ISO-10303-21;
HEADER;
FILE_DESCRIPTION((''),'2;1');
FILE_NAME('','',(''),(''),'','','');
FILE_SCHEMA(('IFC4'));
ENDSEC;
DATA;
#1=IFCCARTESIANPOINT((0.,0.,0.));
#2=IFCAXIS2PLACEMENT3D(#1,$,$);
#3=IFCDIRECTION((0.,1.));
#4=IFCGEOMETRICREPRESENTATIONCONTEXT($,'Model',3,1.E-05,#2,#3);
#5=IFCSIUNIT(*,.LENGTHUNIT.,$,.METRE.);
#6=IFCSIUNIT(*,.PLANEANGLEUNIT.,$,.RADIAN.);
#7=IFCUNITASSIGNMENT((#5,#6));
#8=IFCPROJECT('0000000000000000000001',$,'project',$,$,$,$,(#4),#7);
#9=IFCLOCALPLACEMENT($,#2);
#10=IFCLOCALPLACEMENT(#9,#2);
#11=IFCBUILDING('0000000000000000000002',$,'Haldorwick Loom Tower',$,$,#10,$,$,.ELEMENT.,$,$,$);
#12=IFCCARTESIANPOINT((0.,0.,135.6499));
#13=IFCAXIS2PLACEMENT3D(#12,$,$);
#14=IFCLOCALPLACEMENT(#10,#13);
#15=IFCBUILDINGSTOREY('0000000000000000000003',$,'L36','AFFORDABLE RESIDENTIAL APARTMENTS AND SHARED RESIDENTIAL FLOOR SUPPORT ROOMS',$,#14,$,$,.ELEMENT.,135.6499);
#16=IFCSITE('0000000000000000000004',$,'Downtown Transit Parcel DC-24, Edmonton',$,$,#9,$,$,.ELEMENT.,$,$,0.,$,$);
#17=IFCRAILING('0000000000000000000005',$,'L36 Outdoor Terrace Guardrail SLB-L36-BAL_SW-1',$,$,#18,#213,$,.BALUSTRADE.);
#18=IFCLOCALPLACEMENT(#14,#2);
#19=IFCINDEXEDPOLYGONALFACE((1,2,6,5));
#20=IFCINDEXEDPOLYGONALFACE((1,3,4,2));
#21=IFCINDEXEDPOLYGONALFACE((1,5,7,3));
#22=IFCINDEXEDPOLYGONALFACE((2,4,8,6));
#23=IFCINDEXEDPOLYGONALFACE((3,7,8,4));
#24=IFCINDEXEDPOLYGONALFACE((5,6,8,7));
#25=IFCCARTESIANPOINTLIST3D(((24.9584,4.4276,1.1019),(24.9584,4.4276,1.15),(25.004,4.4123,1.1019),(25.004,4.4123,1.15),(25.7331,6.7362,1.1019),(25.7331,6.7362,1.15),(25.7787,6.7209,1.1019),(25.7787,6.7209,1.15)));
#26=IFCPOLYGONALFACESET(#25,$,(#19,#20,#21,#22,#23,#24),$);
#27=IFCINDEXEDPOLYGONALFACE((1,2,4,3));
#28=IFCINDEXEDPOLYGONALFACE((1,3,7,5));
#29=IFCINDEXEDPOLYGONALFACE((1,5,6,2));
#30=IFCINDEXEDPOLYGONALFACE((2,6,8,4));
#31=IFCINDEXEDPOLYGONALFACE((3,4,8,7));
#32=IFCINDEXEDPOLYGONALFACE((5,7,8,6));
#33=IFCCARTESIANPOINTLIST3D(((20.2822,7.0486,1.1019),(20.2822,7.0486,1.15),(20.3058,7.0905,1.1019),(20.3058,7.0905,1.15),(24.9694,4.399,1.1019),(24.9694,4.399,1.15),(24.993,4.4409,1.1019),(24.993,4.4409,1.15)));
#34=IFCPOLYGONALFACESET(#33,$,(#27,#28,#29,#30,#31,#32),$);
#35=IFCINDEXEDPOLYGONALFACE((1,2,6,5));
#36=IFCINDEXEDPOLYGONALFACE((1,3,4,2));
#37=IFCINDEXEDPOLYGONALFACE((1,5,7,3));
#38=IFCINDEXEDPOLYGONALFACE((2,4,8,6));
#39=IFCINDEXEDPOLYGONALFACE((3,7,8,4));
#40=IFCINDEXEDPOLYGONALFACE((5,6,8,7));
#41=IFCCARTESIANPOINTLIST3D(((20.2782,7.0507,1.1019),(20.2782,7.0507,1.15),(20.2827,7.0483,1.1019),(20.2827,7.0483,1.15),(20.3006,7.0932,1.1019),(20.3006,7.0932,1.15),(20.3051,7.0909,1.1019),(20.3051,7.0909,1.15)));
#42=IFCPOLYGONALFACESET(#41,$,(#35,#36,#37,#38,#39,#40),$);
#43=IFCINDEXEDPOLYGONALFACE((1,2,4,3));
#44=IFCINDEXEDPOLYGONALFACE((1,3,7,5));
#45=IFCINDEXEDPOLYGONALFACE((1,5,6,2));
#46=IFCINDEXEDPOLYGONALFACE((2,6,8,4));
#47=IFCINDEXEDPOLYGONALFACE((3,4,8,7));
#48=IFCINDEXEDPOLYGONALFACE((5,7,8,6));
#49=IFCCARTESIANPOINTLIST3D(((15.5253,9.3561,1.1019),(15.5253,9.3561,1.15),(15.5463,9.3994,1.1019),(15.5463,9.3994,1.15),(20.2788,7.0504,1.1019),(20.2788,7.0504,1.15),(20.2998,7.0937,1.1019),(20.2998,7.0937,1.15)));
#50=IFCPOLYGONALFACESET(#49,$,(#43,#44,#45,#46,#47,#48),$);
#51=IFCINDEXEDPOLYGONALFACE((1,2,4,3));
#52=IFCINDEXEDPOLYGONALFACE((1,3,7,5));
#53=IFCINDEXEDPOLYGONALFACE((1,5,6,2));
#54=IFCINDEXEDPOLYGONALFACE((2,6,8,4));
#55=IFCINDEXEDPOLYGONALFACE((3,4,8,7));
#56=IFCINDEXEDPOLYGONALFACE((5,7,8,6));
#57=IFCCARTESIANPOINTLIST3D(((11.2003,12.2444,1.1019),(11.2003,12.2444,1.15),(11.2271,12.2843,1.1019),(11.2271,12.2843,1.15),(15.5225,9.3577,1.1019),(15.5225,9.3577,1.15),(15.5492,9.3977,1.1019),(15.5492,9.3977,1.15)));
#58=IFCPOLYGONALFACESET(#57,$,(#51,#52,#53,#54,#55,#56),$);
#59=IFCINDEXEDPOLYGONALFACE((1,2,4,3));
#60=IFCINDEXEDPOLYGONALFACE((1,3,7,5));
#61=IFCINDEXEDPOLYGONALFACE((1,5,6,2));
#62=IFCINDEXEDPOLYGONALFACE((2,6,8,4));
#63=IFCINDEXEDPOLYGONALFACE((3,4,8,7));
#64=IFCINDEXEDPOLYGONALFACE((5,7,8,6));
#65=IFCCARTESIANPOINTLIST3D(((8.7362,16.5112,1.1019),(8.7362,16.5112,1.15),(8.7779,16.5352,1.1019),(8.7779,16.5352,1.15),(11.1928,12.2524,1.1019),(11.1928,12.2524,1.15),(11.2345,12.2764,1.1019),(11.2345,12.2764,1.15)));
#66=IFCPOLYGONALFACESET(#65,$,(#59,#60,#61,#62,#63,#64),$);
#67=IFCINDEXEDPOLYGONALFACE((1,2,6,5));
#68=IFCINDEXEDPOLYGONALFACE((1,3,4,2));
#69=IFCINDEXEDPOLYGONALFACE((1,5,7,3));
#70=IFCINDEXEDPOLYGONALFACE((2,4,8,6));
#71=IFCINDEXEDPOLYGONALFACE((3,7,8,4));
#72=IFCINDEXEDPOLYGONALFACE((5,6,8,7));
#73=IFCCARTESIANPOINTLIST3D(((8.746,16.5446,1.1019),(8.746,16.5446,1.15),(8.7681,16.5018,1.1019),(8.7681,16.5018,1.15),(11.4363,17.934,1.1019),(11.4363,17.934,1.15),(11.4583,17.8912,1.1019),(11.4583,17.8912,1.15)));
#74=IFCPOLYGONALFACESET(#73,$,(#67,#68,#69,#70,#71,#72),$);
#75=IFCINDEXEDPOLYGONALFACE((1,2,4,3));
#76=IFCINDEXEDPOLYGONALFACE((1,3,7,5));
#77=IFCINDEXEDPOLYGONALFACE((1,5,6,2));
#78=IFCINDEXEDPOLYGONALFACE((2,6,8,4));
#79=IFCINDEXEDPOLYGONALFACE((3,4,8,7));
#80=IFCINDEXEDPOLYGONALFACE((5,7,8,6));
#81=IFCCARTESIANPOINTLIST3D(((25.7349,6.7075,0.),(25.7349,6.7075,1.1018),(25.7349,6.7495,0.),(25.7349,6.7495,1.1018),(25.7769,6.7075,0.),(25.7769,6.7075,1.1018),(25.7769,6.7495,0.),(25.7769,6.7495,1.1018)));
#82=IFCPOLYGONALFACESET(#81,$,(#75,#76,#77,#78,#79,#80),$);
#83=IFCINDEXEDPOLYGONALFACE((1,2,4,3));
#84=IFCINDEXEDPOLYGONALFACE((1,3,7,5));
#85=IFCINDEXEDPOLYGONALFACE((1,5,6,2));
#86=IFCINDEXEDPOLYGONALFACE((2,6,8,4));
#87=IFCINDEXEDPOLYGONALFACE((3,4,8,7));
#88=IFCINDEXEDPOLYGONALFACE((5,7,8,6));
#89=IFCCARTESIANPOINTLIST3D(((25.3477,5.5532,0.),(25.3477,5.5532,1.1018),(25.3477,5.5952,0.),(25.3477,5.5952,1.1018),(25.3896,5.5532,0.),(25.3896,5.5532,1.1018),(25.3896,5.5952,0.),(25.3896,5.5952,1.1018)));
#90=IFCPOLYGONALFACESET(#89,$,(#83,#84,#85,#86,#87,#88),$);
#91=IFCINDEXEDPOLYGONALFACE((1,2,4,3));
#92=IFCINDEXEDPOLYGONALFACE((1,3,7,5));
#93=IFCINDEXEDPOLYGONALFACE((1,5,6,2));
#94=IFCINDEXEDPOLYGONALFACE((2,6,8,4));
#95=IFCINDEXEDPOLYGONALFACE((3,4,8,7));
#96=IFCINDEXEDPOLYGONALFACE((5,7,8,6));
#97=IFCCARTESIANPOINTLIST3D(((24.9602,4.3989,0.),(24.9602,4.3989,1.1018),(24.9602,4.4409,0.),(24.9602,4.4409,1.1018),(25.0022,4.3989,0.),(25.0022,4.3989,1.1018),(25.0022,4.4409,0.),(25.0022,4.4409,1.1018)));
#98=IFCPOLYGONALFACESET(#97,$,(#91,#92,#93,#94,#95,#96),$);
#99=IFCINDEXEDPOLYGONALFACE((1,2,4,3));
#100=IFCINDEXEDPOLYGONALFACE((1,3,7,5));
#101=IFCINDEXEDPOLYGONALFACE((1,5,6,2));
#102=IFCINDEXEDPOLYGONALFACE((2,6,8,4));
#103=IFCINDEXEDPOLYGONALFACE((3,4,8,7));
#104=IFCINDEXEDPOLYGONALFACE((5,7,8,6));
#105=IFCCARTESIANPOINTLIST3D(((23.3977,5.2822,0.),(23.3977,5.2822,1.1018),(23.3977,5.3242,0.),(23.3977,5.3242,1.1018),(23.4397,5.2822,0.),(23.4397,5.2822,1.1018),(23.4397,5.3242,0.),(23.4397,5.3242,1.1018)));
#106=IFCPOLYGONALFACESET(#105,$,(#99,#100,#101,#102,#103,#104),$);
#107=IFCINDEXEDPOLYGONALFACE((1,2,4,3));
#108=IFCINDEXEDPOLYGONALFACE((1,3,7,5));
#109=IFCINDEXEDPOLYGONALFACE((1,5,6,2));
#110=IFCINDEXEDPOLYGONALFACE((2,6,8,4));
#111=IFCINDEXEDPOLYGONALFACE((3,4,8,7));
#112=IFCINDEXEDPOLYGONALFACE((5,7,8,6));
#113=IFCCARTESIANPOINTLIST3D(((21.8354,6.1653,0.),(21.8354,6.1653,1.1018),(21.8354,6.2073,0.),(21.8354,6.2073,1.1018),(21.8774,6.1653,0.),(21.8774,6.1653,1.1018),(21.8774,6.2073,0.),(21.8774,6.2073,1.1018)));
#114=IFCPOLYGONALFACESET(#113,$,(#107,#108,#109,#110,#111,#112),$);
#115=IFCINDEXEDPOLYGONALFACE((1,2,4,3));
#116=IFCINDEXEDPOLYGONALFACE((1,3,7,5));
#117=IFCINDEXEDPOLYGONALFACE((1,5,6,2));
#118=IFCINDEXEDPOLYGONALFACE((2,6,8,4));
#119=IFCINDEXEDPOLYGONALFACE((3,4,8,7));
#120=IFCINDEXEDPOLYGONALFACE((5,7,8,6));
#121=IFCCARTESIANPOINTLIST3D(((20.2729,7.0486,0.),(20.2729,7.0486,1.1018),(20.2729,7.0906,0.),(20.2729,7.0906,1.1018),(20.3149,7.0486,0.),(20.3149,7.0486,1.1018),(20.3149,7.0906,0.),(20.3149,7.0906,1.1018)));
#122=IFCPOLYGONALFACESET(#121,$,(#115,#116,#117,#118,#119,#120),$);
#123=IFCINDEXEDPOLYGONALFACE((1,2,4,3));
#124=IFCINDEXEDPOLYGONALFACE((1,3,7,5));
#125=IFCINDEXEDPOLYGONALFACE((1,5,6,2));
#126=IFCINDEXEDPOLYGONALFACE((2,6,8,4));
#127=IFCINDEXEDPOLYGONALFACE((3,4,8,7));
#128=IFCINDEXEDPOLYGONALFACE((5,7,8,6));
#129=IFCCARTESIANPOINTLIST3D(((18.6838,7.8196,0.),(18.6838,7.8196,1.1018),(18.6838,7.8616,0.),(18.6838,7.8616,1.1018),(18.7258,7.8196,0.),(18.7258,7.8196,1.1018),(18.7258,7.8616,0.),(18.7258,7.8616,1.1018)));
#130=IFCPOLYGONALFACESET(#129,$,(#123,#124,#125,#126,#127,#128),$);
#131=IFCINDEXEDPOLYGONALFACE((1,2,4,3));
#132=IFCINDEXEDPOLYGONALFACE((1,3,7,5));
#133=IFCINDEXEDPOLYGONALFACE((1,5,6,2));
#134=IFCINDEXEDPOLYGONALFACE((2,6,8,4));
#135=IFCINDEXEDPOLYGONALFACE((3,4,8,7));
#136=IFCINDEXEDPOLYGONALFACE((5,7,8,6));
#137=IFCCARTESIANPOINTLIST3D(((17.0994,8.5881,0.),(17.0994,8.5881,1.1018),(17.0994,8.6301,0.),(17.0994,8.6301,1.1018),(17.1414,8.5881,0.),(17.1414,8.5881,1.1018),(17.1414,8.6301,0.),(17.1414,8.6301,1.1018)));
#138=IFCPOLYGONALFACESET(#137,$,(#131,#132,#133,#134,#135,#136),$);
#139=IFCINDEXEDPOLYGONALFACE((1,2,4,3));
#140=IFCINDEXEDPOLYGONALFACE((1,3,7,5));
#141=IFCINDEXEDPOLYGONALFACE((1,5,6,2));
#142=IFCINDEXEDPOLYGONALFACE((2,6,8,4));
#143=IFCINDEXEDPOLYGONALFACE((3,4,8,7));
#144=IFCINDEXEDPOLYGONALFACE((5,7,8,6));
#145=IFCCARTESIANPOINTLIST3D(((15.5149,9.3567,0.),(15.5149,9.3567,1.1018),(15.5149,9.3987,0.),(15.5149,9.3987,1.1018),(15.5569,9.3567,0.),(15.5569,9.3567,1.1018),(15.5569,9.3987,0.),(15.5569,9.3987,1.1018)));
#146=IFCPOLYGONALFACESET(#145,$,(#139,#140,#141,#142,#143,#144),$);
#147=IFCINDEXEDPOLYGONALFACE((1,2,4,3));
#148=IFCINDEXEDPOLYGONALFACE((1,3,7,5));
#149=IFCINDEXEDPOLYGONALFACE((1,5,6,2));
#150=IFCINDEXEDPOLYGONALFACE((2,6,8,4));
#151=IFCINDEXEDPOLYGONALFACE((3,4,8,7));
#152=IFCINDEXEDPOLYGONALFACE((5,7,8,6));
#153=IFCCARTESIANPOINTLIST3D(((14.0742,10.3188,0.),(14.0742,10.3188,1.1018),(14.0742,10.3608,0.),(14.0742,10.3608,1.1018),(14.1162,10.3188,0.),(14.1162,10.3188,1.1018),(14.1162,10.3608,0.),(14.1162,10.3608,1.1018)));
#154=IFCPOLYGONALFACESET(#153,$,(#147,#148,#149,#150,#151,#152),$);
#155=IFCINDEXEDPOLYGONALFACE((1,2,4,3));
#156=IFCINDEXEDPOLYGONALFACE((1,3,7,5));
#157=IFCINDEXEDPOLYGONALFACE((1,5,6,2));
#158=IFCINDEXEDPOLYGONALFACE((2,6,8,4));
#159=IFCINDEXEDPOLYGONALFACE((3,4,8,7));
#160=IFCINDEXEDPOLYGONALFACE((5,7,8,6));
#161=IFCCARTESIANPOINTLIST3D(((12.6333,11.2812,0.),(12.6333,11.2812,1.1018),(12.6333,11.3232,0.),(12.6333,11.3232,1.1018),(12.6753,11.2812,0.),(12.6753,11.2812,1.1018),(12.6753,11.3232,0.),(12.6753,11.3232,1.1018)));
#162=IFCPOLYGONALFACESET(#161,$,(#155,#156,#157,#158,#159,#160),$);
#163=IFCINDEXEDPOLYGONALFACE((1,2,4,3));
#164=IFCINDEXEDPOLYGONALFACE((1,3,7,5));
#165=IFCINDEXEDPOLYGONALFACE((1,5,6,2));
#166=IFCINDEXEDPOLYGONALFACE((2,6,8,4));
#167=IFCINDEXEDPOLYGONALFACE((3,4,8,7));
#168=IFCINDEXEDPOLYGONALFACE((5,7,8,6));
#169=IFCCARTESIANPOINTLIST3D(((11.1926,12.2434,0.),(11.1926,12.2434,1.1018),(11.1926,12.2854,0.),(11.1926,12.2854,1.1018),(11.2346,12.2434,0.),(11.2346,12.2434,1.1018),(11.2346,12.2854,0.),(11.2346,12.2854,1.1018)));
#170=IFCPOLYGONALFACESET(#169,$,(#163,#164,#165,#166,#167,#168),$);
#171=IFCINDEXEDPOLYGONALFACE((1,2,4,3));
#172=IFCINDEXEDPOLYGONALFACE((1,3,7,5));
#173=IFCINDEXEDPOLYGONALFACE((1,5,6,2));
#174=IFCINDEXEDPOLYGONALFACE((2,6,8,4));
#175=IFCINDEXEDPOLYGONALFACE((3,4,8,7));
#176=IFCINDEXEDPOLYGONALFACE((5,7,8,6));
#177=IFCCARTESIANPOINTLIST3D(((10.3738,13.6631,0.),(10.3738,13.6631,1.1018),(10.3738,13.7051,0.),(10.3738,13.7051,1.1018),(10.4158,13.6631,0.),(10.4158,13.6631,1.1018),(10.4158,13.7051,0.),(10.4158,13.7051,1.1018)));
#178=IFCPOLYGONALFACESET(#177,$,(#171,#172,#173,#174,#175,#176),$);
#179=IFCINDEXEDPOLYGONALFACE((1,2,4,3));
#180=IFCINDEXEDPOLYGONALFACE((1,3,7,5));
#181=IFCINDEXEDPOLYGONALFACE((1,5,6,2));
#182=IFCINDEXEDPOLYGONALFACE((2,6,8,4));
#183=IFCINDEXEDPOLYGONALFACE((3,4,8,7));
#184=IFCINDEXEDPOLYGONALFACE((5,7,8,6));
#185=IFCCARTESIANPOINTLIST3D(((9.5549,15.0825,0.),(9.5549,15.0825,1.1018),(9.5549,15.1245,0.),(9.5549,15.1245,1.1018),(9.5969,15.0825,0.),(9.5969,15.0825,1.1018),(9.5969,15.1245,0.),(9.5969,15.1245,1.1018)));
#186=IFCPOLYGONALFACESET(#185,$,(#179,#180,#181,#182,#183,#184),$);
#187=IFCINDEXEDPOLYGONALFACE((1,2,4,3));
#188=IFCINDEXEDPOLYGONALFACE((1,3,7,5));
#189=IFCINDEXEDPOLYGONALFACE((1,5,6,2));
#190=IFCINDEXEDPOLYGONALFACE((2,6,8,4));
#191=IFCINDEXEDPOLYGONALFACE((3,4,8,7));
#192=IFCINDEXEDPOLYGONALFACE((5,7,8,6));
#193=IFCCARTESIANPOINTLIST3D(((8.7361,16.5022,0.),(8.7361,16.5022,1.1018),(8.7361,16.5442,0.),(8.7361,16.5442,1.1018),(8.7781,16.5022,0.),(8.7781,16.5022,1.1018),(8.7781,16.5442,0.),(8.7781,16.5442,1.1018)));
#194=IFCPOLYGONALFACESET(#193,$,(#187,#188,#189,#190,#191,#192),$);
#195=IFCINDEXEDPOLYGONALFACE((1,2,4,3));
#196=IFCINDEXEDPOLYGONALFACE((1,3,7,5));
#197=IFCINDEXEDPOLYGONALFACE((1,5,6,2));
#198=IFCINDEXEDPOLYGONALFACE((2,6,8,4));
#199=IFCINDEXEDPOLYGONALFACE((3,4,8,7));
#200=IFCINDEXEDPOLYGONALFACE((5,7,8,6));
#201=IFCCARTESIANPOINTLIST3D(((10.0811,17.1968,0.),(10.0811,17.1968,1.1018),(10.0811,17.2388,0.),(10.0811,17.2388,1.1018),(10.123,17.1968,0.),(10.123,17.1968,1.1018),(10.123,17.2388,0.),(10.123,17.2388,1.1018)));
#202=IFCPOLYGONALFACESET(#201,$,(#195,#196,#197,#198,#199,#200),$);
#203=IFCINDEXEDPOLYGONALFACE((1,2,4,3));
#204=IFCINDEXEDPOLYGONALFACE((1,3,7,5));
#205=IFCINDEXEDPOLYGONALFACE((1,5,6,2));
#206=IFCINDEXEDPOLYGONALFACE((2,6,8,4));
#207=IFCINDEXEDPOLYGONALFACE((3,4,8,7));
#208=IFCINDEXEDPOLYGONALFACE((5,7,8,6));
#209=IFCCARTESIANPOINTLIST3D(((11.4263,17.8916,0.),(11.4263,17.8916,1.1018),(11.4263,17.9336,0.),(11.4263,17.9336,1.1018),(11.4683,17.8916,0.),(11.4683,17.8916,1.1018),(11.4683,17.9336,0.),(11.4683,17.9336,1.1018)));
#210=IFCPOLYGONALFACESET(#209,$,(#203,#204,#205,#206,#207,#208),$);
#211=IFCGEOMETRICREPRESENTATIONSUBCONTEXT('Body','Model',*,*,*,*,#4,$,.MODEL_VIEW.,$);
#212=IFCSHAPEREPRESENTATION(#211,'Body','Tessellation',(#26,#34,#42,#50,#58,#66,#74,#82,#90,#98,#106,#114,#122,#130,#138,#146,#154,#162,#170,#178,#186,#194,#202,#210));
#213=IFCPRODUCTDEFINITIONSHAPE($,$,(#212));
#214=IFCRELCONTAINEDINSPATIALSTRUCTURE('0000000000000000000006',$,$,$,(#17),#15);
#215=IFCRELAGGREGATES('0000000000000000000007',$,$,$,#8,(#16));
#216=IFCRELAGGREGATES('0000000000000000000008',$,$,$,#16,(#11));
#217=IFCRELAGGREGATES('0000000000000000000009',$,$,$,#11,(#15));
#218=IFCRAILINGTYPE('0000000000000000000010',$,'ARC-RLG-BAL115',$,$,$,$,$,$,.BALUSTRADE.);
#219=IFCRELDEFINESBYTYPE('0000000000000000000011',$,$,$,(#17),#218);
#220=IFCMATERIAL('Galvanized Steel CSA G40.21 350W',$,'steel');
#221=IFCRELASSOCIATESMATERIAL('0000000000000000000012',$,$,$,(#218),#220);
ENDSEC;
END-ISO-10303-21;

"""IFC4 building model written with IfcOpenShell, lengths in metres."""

from ifc_helpers import new_model, si_unit, direction, frame, origin, origin_2d, place, context, subcontext, project, spatial, rectangle, extrude, material, type_object, element, save


model = new_model("IFC4")

# Units and contexts
model_context = context("Model", 3, precision=1e-05, world=origin(), true_north=direction((0.0, 1.0)))
body_context = subcontext(model_context, "Body", "Model", "MODEL_VIEW")
ifc_project = project(units=[si_unit("LENGTHUNIT", "METRE"), si_unit("PLANEANGLEUNIT", "RADIAN")], contexts=[model_context])

# Site, building, storey
site_placement = place(None, origin())
site = spatial("IfcSite", under=ifc_project, at=site_placement, Name="Downtown Transit Parcel DC-24, Edmonton", CompositionType="ELEMENT", RefElevation=0.0)
building_placement = place(site_placement, origin())
building = spatial("IfcBuilding", under=site, at=building_placement, Name="Haldorwick Loom Tower", CompositionType="ELEMENT")
storey_placement = place(building_placement, frame((0.0, 0.0, 135.6499)))
storey = spatial("IfcBuildingStorey", under=building, at=storey_placement, Name="L36", Description="AFFORDABLE RESIDENTIAL APARTMENTS AND SHARED RESIDENTIAL FLOOR SUPPORT ROOMS", CompositionType="ELEMENT", Elevation=135.6499)

# Railing
ifc_material_1 = material(Name="Galvanized Steel CSA G40.21 350W", Category="steel")
railing_type = type_object("IfcRailingType", Name="ARC-RLG-BAL115", PredefinedType="BALUSTRADE", material=ifc_material_1)
railing_placement = place(storey_placement, frame((25.7559, 6.7285, 0.0)))
element("IfcRailing", 1, at=railing_placement, inside=storey, type_object=railing_type, Name="L36 Outdoor Terrace Guardrail SLB-L36-BAL_SW-1", PredefinedType="BALUSTRADE", context=body_context, shape_type="SweptSolid", body=[
    extrude(rectangle(XDim=0.0481, YDim=0.0481, at=origin_2d()), frame((0.0, 0.0, 1.126), z_axis=(-0.318122, -0.94805, 0.0), x_axis=(0.94805, -0.318122, 0.0)), (0.0, 0.0, 1.0), 2.4351),
    extrude(rectangle(XDim=0.0481, YDim=0.0481, at=origin_2d()), frame((-0.7747, -2.3086, 1.126), z_axis=(-0.870536, 0.492105, 0.0), x_axis=(-0.492105, -0.870536, 0.0)), (0.0, 0.0, 1.0), 5.3843),
    extrude(rectangle(XDim=0.0481, YDim=0.0481, at=origin_2d()), frame((-5.4619, 0.3411, 1.126), z_axis=(-0.884918, 0.465746, 0.0), x_axis=(-0.465746, -0.884918, 0.0)), (0.0, 0.0, 1.0), 0.0051),
    extrude(rectangle(XDim=0.0481, YDim=0.0481, at=origin_2d()), frame((-5.4666, 0.3435, 1.126), z_axis=(-0.899742, 0.436423, 0.0), x_axis=(-0.436423, -0.899742, 0.0)), (0.0, 0.0, 1.0), 5.2832),
    extrude(rectangle(XDim=0.0481, YDim=0.0481, at=origin_2d()), frame((-10.22, 2.6492, 1.126), z_axis=(-0.831588, 0.555394, 0.0), x_axis=(-0.555394, -0.831588, 0.0)), (0.0, 0.0, 1.0), 5.1975),
    extrude(rectangle(XDim=0.0481, YDim=0.0481, at=origin_2d()), frame((-14.5422, 5.5359, 1.126), z_axis=(-0.499654, 0.866225, 0.0), x_axis=(-0.866225, -0.499654, 0.0)), (0.0, 0.0, 1.0), 4.9165),
    extrude(rectangle(XDim=0.0481, YDim=0.0481, at=origin_2d()), frame((-16.9988, 9.7947, 1.126), z_axis=(0.888497, 0.458883, 0.0), x_axis=(-0.458883, 0.888497, 0.0)), (0.0, 0.0, 1.0), 3.0278),
    extrude(rectangle(XDim=0.042, YDim=0.042, at=origin_2d()), origin(), (0.0, 0.0, 1.0), 1.1018),
    extrude(rectangle(XDim=0.042, YDim=0.042, at=origin_2d()), frame((-0.3872, -1.1543, 0.0)), (0.0, 0.0, 1.0), 1.1018),
    extrude(rectangle(XDim=0.042, YDim=0.042, at=origin_2d()), frame((-0.7747, -2.3086, 0.0)), (0.0, 0.0, 1.0), 1.1018),
    extrude(rectangle(XDim=0.042, YDim=0.042, at=origin_2d()), frame((-2.3372, -1.4253, 0.0)), (0.0, 0.0, 1.0), 1.1018),
    extrude(rectangle(XDim=0.042, YDim=0.042, at=origin_2d()), frame((-3.8994, -0.5422, 0.0)), (0.0, 0.0, 1.0), 1.1018),
    extrude(rectangle(XDim=0.042, YDim=0.042, at=origin_2d()), frame((-5.4619, 0.3411, 0.0)), (0.0, 0.0, 1.0), 1.1018),
    extrude(rectangle(XDim=0.042, YDim=0.042, at=origin_2d()), frame((-7.051, 1.1121, 0.0)), (0.0, 0.0, 1.0), 1.1018),
    extrude(rectangle(XDim=0.042, YDim=0.042, at=origin_2d()), frame((-8.6355, 1.8806, 0.0)), (0.0, 0.0, 1.0), 1.1018),
    extrude(rectangle(XDim=0.042, YDim=0.042, at=origin_2d()), frame((-10.22, 2.6492, 0.0)), (0.0, 0.0, 1.0), 1.1018),
    extrude(rectangle(XDim=0.042, YDim=0.042, at=origin_2d()), frame((-11.6606, 3.6113, 0.0)), (0.0, 0.0, 1.0), 1.1018),
    extrude(rectangle(XDim=0.042, YDim=0.042, at=origin_2d()), frame((-13.1016, 4.5737, 0.0)), (0.0, 0.0, 1.0), 1.1018),
    extrude(rectangle(XDim=0.042, YDim=0.042, at=origin_2d()), frame((-14.5422, 5.5359, 0.0)), (0.0, 0.0, 1.0), 1.1018),
    extrude(rectangle(XDim=0.042, YDim=0.042, at=origin_2d()), frame((-15.3611, 6.9556, 0.0)), (0.0, 0.0, 1.0), 1.1018),
    extrude(rectangle(XDim=0.042, YDim=0.042, at=origin_2d()), frame((-16.1799, 8.375, 0.0)), (0.0, 0.0, 1.0), 1.1018),
    extrude(rectangle(XDim=0.042, YDim=0.042, at=origin_2d()), frame((-16.9988, 9.7947, 0.0)), (0.0, 0.0, 1.0), 1.1018),
    extrude(rectangle(XDim=0.042, YDim=0.042, at=origin_2d()), frame((-15.6538, 10.4893, 0.0)), (0.0, 0.0, 1.0), 1.1018),
    extrude(rectangle(XDim=0.042, YDim=0.042, at=origin_2d()), frame((-14.3086, 11.1841, 0.0)), (0.0, 0.0, 1.0), 1.1018),
])

save(model, "model.ifc")
